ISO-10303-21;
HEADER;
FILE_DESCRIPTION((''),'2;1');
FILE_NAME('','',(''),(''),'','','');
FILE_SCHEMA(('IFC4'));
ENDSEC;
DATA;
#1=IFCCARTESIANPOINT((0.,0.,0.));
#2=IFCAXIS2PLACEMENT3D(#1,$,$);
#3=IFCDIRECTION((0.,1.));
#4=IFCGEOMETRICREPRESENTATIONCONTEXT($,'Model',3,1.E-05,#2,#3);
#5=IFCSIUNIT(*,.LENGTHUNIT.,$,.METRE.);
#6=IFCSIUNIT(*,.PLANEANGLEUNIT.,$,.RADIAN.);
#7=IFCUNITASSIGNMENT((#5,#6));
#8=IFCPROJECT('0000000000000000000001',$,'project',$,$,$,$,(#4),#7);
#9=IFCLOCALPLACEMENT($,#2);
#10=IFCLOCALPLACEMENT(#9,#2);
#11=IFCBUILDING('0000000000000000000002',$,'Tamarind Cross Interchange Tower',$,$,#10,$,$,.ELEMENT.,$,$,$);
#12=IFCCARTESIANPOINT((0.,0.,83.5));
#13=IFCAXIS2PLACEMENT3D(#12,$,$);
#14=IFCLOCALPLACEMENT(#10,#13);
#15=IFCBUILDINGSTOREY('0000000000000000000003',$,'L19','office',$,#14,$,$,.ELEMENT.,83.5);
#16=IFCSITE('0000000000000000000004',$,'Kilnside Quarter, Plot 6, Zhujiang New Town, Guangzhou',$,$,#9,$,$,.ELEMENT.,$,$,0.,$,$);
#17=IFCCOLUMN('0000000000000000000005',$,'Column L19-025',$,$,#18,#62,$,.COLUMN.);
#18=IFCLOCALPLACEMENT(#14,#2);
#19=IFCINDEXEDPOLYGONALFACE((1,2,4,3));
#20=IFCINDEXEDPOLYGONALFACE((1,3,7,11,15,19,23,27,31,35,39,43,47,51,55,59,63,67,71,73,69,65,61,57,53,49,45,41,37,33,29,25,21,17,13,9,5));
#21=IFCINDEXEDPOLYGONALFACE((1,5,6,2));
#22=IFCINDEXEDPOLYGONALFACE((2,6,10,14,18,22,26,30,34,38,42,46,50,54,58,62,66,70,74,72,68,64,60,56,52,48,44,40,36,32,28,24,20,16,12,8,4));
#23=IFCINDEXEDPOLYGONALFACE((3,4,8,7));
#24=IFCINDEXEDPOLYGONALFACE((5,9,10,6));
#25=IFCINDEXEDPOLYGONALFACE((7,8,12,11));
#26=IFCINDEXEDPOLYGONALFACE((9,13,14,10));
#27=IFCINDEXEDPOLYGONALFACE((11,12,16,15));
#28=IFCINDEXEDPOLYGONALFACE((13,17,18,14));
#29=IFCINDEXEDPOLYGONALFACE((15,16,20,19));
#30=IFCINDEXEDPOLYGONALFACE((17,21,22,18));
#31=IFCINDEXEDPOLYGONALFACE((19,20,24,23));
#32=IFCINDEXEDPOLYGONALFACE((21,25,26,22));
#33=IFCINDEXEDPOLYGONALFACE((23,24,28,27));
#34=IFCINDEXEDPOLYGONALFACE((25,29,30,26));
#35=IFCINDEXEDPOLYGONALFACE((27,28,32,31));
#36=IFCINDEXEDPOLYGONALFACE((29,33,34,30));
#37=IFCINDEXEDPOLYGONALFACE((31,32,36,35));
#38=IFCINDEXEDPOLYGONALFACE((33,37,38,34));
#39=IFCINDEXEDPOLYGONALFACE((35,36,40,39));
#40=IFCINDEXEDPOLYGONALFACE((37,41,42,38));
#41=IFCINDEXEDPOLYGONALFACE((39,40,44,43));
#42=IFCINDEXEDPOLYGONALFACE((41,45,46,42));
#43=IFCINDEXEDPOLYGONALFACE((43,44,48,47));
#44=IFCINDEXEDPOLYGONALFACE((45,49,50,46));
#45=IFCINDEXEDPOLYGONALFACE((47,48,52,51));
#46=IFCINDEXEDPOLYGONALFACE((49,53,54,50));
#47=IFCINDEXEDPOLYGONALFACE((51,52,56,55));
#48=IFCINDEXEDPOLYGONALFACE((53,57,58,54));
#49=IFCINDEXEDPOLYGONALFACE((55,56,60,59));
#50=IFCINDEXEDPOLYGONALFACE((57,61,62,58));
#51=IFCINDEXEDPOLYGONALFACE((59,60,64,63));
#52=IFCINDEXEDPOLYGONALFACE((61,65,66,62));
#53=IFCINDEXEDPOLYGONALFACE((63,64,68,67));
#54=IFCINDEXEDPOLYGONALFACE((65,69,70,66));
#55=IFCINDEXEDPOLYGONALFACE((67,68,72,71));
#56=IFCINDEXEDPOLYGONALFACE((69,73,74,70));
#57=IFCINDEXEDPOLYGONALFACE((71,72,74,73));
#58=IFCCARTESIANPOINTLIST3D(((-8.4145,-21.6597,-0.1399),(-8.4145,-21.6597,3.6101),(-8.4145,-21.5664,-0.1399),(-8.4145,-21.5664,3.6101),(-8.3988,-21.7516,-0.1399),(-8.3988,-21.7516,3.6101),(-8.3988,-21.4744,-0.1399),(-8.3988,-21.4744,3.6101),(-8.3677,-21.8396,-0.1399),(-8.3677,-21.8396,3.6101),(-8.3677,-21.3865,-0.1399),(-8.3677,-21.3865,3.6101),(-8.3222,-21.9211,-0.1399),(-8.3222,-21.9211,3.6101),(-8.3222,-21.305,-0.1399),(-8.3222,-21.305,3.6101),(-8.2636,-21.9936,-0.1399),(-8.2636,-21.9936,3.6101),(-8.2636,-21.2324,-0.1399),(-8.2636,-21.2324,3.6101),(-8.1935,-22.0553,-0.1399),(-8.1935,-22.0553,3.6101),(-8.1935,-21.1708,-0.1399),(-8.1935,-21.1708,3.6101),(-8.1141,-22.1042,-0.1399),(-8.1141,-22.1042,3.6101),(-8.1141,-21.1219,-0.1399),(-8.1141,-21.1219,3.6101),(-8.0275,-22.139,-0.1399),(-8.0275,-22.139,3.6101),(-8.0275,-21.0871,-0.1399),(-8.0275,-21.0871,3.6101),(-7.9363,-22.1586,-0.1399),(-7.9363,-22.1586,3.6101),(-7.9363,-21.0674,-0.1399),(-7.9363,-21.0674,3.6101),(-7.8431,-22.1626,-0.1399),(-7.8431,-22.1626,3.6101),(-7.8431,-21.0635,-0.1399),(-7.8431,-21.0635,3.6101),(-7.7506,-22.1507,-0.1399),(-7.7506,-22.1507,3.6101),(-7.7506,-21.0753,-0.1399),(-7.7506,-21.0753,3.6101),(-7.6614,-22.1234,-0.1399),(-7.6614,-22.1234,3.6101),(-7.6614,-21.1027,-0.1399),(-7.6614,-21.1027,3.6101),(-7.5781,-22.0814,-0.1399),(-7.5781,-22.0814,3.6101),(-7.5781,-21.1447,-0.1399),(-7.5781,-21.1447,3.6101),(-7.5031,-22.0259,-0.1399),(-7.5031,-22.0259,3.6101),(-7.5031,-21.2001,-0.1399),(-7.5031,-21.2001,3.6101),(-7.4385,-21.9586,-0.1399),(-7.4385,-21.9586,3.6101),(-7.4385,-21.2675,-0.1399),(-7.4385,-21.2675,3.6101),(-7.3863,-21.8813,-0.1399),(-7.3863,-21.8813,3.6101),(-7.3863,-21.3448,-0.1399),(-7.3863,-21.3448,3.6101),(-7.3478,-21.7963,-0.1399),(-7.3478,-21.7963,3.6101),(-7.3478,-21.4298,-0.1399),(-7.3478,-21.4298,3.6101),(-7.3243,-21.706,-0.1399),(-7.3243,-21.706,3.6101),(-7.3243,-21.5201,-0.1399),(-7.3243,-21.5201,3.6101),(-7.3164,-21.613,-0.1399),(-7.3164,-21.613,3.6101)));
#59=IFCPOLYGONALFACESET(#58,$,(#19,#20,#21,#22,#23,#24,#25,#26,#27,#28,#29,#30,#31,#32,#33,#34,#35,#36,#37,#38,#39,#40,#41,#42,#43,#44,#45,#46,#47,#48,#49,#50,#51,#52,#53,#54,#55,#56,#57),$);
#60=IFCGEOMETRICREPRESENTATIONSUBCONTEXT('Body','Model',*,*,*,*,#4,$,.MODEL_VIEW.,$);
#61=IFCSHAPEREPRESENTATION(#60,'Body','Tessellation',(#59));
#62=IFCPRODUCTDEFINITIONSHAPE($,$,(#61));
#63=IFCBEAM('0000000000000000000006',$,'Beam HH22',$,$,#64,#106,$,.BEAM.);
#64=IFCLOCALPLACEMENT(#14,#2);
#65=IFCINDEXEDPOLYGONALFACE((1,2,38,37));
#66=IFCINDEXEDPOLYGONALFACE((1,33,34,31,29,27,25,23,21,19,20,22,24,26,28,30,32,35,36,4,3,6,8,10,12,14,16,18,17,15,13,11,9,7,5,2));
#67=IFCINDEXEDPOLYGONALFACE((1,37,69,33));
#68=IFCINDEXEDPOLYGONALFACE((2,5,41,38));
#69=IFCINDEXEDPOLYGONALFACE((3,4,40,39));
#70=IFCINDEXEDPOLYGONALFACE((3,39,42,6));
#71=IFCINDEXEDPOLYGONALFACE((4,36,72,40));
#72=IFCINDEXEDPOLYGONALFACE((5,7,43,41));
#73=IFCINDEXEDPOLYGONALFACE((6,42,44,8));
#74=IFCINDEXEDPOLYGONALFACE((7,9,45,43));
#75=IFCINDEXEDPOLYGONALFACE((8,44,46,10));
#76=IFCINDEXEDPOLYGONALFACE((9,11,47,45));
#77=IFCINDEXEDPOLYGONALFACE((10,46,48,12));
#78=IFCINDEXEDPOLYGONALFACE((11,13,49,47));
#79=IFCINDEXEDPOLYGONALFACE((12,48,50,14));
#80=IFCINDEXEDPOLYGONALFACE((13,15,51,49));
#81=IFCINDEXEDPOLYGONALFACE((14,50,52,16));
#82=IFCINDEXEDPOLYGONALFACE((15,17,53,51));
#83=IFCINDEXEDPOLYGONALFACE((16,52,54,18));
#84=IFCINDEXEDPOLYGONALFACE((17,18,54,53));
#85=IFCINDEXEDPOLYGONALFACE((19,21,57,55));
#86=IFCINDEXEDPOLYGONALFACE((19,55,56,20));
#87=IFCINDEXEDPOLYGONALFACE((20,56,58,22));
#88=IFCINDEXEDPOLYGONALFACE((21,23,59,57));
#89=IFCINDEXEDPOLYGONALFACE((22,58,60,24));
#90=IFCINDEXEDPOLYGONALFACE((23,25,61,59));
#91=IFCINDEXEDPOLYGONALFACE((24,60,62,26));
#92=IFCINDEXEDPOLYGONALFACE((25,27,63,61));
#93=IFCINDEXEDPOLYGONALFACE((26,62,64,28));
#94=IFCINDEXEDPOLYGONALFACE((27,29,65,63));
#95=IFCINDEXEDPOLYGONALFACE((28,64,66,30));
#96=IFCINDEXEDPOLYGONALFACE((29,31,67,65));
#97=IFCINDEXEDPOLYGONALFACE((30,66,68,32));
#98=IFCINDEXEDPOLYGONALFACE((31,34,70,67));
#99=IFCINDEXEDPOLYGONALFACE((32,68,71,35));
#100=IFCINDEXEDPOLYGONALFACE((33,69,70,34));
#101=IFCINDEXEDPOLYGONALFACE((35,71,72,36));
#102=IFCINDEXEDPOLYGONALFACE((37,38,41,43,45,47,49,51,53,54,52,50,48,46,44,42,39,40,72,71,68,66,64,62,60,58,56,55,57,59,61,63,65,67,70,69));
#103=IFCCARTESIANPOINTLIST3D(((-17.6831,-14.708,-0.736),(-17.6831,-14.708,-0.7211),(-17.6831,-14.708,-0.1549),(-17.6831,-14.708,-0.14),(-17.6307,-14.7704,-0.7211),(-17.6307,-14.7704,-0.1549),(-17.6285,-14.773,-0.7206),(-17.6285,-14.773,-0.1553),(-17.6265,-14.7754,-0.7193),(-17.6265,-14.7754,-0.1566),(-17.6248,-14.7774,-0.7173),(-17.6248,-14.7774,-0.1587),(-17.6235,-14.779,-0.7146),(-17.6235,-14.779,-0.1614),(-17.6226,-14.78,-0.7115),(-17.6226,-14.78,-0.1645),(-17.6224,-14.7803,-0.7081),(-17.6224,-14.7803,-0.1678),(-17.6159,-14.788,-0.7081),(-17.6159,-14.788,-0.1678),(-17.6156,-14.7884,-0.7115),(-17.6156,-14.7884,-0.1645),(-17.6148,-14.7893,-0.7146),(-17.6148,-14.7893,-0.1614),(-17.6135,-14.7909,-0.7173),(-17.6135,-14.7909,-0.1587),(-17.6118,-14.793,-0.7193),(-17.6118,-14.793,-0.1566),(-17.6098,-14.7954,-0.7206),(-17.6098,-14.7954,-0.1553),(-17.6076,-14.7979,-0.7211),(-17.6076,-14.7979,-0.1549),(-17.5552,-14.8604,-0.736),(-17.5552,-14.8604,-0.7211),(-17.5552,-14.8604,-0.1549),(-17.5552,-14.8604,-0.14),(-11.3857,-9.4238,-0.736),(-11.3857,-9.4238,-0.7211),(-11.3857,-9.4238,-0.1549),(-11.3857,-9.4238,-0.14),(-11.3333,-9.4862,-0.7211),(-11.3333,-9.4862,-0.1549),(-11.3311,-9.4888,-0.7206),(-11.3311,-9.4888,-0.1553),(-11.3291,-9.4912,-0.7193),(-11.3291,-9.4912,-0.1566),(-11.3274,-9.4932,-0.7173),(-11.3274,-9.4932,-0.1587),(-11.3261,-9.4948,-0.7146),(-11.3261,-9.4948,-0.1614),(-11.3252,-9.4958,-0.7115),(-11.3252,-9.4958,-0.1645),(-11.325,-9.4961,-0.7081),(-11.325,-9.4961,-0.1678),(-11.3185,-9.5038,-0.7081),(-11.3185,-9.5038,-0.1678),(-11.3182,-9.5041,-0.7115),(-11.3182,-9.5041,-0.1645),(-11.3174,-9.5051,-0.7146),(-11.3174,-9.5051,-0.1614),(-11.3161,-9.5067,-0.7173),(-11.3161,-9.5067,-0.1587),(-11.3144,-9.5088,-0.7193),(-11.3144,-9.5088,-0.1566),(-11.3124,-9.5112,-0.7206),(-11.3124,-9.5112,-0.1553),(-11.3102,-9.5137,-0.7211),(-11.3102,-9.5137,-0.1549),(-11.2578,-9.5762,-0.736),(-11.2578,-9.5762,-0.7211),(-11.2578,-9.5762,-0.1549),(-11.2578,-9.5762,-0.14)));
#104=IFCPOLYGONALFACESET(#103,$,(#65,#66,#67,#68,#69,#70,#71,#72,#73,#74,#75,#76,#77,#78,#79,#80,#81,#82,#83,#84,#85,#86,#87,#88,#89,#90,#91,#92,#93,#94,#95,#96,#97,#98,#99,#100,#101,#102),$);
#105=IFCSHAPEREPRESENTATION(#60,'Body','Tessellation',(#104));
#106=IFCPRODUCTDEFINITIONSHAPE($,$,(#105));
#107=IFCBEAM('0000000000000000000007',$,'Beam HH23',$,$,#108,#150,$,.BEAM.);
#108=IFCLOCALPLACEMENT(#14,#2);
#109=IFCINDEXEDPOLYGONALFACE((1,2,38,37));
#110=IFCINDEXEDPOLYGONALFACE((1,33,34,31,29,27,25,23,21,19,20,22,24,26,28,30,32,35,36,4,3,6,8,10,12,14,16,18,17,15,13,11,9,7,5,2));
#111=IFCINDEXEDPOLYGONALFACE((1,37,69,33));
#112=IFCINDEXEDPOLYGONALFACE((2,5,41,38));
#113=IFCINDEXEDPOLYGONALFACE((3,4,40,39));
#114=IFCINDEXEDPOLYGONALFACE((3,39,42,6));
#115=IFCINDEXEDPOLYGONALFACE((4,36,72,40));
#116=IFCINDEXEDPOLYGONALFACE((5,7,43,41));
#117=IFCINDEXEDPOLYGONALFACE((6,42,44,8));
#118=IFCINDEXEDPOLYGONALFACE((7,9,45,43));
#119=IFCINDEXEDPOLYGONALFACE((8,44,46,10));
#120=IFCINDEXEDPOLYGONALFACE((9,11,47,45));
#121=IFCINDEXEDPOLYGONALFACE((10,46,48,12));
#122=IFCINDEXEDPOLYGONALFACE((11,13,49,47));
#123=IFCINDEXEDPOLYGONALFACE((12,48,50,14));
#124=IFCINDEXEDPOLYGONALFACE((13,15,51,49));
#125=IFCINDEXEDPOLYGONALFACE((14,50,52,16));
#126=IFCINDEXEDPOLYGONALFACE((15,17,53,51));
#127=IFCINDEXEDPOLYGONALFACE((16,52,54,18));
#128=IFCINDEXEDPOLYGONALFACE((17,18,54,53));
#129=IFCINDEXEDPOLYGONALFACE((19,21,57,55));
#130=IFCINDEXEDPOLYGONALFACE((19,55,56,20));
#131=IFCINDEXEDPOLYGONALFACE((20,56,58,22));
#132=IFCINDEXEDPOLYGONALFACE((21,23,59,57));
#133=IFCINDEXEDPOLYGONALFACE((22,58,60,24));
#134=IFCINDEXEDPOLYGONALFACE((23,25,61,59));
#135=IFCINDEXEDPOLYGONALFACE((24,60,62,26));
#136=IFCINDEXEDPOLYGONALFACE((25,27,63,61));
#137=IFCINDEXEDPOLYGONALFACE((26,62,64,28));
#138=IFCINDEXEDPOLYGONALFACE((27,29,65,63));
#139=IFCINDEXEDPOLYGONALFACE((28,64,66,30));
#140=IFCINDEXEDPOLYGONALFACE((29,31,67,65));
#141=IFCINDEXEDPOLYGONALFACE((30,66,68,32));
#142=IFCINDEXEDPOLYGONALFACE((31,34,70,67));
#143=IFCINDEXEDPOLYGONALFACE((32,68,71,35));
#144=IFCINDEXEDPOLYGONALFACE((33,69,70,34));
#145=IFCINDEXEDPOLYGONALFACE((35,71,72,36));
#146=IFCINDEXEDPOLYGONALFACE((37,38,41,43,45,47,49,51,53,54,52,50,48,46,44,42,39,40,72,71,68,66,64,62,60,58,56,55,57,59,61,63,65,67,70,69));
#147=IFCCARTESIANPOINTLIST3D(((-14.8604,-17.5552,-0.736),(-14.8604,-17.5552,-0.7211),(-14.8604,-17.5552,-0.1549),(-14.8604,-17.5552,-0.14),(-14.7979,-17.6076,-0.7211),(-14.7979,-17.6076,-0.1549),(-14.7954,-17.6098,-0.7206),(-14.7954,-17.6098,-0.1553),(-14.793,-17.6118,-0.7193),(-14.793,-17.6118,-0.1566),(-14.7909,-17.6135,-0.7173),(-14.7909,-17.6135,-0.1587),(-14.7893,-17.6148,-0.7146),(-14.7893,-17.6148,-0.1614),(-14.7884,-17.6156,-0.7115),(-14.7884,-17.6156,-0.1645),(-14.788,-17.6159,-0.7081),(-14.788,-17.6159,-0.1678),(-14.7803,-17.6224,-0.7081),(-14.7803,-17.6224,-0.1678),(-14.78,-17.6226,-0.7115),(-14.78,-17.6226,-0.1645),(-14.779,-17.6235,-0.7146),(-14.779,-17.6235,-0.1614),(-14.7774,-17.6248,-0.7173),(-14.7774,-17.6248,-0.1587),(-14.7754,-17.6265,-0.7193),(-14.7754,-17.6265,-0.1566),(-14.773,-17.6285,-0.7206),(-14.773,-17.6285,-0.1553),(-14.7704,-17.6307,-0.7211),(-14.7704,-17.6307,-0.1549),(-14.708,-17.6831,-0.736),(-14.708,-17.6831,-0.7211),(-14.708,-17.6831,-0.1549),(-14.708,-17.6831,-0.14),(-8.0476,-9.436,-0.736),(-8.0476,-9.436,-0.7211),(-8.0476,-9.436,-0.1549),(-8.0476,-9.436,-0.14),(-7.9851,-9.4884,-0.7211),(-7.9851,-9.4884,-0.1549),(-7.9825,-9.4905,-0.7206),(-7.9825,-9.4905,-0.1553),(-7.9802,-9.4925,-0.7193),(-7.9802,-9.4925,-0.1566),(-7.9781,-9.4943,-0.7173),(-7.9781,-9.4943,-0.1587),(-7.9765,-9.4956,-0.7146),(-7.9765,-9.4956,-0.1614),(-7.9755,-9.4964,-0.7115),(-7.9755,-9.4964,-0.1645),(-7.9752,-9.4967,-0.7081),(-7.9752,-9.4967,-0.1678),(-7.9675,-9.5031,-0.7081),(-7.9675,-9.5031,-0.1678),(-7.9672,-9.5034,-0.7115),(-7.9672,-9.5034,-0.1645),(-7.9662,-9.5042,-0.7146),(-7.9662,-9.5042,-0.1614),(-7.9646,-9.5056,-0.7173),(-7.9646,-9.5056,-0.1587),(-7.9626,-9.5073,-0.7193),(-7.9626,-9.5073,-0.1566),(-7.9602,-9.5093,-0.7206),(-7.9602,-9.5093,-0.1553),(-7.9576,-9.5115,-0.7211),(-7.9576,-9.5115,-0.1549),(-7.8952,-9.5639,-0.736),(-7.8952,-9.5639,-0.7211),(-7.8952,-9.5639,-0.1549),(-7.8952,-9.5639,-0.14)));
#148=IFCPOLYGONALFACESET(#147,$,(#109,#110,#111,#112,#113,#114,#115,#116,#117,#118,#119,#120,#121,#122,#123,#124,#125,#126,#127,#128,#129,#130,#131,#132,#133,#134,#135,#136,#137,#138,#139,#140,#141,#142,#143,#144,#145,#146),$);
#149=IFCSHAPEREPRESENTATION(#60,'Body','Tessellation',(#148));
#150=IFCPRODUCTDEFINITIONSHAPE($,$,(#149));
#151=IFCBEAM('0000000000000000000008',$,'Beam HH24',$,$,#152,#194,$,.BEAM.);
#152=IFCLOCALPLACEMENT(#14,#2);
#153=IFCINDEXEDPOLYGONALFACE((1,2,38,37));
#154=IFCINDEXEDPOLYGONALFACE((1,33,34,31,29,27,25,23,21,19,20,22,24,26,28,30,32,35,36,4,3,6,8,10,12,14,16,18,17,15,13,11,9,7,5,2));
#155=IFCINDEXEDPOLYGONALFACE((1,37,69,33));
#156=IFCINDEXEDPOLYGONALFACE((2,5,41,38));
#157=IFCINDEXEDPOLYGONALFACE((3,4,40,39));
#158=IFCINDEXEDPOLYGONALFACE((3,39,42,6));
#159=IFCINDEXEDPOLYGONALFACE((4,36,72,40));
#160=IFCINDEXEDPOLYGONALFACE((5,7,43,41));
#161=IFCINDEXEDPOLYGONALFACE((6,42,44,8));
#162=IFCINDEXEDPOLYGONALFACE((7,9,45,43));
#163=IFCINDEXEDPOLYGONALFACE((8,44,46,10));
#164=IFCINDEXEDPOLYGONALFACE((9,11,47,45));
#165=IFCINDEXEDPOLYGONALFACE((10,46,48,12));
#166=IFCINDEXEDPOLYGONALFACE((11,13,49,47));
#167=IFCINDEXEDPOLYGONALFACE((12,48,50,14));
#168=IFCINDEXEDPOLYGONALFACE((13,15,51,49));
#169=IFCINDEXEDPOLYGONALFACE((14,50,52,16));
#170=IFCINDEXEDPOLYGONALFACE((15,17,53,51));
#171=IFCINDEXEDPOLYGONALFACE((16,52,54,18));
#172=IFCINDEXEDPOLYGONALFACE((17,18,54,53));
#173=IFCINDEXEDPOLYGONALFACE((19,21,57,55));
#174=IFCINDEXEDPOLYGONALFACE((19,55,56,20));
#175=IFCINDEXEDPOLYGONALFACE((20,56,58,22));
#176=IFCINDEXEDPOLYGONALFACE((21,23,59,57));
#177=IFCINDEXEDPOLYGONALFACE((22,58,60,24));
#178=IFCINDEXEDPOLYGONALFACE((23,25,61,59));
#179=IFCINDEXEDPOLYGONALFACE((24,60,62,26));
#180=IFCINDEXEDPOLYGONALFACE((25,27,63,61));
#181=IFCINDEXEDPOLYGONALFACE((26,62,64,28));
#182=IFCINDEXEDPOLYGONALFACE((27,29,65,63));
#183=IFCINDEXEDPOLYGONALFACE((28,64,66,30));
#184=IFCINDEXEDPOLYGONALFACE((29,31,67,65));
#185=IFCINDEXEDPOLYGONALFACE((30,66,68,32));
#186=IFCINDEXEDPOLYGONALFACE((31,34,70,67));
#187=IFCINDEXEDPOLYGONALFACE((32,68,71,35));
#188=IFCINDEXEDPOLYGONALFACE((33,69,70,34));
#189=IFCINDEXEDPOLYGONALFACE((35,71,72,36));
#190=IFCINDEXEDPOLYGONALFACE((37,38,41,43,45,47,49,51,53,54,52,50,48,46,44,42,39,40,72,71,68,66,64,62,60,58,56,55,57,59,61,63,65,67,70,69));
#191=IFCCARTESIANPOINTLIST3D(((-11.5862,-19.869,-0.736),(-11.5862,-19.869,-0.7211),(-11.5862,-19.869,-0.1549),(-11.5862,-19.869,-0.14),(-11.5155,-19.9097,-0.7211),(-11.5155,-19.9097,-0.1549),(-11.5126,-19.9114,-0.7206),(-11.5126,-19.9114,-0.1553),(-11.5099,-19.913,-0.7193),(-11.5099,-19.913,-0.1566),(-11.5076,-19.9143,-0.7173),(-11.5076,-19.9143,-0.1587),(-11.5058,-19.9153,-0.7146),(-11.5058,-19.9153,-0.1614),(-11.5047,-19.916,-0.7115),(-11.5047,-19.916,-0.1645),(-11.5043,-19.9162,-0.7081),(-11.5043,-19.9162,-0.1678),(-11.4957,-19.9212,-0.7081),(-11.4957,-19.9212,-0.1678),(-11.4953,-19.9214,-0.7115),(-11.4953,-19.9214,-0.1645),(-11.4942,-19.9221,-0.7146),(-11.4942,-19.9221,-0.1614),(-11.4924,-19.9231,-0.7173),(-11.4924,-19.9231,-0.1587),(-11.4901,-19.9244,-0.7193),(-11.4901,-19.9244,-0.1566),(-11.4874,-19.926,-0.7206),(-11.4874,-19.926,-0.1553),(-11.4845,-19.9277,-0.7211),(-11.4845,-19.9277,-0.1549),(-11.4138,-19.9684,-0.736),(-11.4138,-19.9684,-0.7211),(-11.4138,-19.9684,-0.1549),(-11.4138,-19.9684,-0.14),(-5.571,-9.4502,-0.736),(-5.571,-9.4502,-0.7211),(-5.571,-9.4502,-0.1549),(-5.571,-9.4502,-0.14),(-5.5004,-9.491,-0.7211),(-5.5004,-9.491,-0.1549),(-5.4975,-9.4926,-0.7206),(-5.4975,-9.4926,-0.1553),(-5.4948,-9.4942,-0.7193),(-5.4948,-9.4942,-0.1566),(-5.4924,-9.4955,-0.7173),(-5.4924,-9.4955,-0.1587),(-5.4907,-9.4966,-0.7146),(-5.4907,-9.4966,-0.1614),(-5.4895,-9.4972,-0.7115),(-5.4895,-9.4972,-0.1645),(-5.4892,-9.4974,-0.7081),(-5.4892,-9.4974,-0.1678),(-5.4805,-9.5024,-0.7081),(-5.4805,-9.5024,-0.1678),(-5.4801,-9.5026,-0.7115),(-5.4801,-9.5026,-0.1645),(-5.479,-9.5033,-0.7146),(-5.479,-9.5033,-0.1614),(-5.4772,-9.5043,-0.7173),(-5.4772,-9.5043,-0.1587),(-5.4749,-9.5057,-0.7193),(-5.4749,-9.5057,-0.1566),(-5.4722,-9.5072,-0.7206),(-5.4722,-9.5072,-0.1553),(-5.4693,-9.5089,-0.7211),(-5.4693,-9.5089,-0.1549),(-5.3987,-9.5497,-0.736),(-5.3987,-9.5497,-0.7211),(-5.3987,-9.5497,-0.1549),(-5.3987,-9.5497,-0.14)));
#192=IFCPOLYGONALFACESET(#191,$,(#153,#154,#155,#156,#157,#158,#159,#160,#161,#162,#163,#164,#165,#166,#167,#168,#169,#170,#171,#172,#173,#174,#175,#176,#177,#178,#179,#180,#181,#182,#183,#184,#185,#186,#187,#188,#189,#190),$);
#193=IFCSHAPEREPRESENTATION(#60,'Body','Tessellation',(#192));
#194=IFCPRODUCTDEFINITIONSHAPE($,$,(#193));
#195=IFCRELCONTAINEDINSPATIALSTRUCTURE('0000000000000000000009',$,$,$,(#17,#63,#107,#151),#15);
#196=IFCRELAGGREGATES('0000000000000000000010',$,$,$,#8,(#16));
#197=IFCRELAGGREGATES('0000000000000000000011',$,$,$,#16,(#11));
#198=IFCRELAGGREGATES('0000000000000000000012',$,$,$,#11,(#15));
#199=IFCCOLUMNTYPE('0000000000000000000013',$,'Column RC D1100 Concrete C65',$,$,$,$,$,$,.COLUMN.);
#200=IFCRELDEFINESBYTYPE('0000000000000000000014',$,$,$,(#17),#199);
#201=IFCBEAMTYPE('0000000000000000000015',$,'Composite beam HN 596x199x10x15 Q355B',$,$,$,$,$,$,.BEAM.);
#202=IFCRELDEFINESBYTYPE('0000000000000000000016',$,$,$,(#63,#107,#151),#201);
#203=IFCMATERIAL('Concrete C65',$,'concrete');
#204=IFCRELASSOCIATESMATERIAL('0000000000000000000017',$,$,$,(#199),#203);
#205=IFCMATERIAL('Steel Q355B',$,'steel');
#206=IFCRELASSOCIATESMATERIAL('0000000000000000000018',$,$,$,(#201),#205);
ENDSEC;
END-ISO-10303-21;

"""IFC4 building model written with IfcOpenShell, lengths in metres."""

from ifc_helpers import new_model, si_unit, direction, frame, origin, origin_2d, place, context, subcontext, project, spatial, circle, i_section, extrude, material, material_profile, profile_set, type_object, element, save


model = new_model("IFC4")

# Units and contexts
model_context = context("Model", 3, precision=1e-05, world=origin(), true_north=direction((0.0, 1.0)))
body_context = subcontext(model_context, "Body", "Model", "MODEL_VIEW")
ifc_project = project(units=[si_unit("LENGTHUNIT", "METRE"), si_unit("PLANEANGLEUNIT", "RADIAN")], contexts=[model_context])

# Site, building, storey
site_placement = place(None, origin())
site = spatial("IfcSite", under=ifc_project, at=site_placement, Name="Kilnside Quarter, Plot 6, Zhujiang New Town, Guangzhou", CompositionType="ELEMENT", RefElevation=0.0)
building_placement = place(site_placement, origin())
building = spatial("IfcBuilding", under=site, at=building_placement, Name="Tamarind Cross Interchange Tower", CompositionType="ELEMENT")
storey_placement = place(building_placement, frame((0.0, 0.0, 83.5)))
storey = spatial("IfcBuildingStorey", under=building, at=storey_placement, Name="L19", Description="office", CompositionType="ELEMENT", Elevation=83.5)

# Column
ifc_material_1 = material(Name="Concrete C65", Category="concrete")
ifc_material_profile_1 = material_profile(ifc_material_1, circle(Radius=0.55, at=origin_2d()), Name="RC D1100")
ifc_profile_set_1 = profile_set([ifc_material_profile_1], Name="Concrete C65")
column_type = type_object("IfcColumnType", Name="Column RC D1100 Concrete C65", PredefinedType="COLUMN", material=ifc_profile_set_1)
for number, where, z_axis, x_axis, name in (
    (1, (-7.8665, -21.613, -0.1399), (0.0, 0.0, 1.0), (1.0, 0.0, 0.0), "Column L19-025"),
):
    element("IfcColumn", number, at=place(storey_placement, frame(where, z_axis=z_axis, x_axis=x_axis)), inside=storey, type_object=column_type, Name=name, PredefinedType="COLUMN", context=body_context, shape_type="SweptSolid", body=[
        extrude(circle(Radius=0.55, at=origin_2d()), origin(), (0.0, 0.0, 1.0), 3.75),
    ])

# Beams
ifc_material_2 = material(Name="Steel Q355B", Category="steel")
ifc_material_profile_2 = material_profile(ifc_material_2, i_section(OverallWidth=0.199, OverallDepth=0.5959, WebThickness=0.01, FlangeThickness=0.0149, FilletRadius=0.0129, at=origin_2d()), Name="HN 596x199x10x15")
ifc_profile_set_2 = profile_set([ifc_material_profile_2], Name="Steel Q355B")
beam_type = type_object("IfcBeamType", Name="Composite beam HN 596x199x10x15 Q355B", PredefinedType="BEAM", material=ifc_profile_set_2)
beam_1_placement = place(storey_placement, frame((-17.6191, -14.7842, -0.438), z_axis=(0.766041, 0.642792, 0.0), x_axis=(-0.642792, 0.766041, 0.0)))
element("IfcBeam", 2, at=beam_1_placement, inside=storey, type_object=beam_type, Name="Beam HH22", PredefinedType="BEAM", context=body_context, shape_type="SweptSolid", body=[
    extrude(i_section(OverallWidth=0.199, OverallDepth=0.5959, WebThickness=0.01, FlangeThickness=0.0149, FilletRadius=0.0129, at=origin_2d()), origin(), (0.0, 0.0, 1.0), 8.2207),
])
beam_2_placement = place(storey_placement, frame((-14.7842, -17.6191, -0.438), z_axis=(0.642786, 0.766046, 0.0), x_axis=(-0.766046, 0.642786, 0.0)))
element("IfcBeam", 3, at=beam_2_placement, inside=storey, type_object=beam_type, Name="Beam HH23", PredefinedType="BEAM", context=body_context, shape_type="SweptSolid", body=[
    extrude(i_section(OverallWidth=0.199, OverallDepth=0.5959, WebThickness=0.01, FlangeThickness=0.0149, FilletRadius=0.0129, at=origin_2d()), origin(), (0.0, 0.0, 1.0), 10.5989),
])
beam_3_placement = place(storey_placement, frame((-11.5, -19.9187, -0.438), z_axis=(0.499994, 0.866029, 0.0), x_axis=(-0.866029, 0.499994, 0.0)))
element("IfcBeam", 4, at=beam_3_placement, inside=storey, type_object=beam_type, Name="Beam HH24", PredefinedType="BEAM", context=body_context, shape_type="SweptSolid", body=[
    extrude(i_section(OverallWidth=0.199, OverallDepth=0.5959, WebThickness=0.01, FlangeThickness=0.0149, FilletRadius=0.0129, at=origin_2d()), origin(), (0.0, 0.0, 1.0), 12.0305),
])

save(model, "model.ifc")
